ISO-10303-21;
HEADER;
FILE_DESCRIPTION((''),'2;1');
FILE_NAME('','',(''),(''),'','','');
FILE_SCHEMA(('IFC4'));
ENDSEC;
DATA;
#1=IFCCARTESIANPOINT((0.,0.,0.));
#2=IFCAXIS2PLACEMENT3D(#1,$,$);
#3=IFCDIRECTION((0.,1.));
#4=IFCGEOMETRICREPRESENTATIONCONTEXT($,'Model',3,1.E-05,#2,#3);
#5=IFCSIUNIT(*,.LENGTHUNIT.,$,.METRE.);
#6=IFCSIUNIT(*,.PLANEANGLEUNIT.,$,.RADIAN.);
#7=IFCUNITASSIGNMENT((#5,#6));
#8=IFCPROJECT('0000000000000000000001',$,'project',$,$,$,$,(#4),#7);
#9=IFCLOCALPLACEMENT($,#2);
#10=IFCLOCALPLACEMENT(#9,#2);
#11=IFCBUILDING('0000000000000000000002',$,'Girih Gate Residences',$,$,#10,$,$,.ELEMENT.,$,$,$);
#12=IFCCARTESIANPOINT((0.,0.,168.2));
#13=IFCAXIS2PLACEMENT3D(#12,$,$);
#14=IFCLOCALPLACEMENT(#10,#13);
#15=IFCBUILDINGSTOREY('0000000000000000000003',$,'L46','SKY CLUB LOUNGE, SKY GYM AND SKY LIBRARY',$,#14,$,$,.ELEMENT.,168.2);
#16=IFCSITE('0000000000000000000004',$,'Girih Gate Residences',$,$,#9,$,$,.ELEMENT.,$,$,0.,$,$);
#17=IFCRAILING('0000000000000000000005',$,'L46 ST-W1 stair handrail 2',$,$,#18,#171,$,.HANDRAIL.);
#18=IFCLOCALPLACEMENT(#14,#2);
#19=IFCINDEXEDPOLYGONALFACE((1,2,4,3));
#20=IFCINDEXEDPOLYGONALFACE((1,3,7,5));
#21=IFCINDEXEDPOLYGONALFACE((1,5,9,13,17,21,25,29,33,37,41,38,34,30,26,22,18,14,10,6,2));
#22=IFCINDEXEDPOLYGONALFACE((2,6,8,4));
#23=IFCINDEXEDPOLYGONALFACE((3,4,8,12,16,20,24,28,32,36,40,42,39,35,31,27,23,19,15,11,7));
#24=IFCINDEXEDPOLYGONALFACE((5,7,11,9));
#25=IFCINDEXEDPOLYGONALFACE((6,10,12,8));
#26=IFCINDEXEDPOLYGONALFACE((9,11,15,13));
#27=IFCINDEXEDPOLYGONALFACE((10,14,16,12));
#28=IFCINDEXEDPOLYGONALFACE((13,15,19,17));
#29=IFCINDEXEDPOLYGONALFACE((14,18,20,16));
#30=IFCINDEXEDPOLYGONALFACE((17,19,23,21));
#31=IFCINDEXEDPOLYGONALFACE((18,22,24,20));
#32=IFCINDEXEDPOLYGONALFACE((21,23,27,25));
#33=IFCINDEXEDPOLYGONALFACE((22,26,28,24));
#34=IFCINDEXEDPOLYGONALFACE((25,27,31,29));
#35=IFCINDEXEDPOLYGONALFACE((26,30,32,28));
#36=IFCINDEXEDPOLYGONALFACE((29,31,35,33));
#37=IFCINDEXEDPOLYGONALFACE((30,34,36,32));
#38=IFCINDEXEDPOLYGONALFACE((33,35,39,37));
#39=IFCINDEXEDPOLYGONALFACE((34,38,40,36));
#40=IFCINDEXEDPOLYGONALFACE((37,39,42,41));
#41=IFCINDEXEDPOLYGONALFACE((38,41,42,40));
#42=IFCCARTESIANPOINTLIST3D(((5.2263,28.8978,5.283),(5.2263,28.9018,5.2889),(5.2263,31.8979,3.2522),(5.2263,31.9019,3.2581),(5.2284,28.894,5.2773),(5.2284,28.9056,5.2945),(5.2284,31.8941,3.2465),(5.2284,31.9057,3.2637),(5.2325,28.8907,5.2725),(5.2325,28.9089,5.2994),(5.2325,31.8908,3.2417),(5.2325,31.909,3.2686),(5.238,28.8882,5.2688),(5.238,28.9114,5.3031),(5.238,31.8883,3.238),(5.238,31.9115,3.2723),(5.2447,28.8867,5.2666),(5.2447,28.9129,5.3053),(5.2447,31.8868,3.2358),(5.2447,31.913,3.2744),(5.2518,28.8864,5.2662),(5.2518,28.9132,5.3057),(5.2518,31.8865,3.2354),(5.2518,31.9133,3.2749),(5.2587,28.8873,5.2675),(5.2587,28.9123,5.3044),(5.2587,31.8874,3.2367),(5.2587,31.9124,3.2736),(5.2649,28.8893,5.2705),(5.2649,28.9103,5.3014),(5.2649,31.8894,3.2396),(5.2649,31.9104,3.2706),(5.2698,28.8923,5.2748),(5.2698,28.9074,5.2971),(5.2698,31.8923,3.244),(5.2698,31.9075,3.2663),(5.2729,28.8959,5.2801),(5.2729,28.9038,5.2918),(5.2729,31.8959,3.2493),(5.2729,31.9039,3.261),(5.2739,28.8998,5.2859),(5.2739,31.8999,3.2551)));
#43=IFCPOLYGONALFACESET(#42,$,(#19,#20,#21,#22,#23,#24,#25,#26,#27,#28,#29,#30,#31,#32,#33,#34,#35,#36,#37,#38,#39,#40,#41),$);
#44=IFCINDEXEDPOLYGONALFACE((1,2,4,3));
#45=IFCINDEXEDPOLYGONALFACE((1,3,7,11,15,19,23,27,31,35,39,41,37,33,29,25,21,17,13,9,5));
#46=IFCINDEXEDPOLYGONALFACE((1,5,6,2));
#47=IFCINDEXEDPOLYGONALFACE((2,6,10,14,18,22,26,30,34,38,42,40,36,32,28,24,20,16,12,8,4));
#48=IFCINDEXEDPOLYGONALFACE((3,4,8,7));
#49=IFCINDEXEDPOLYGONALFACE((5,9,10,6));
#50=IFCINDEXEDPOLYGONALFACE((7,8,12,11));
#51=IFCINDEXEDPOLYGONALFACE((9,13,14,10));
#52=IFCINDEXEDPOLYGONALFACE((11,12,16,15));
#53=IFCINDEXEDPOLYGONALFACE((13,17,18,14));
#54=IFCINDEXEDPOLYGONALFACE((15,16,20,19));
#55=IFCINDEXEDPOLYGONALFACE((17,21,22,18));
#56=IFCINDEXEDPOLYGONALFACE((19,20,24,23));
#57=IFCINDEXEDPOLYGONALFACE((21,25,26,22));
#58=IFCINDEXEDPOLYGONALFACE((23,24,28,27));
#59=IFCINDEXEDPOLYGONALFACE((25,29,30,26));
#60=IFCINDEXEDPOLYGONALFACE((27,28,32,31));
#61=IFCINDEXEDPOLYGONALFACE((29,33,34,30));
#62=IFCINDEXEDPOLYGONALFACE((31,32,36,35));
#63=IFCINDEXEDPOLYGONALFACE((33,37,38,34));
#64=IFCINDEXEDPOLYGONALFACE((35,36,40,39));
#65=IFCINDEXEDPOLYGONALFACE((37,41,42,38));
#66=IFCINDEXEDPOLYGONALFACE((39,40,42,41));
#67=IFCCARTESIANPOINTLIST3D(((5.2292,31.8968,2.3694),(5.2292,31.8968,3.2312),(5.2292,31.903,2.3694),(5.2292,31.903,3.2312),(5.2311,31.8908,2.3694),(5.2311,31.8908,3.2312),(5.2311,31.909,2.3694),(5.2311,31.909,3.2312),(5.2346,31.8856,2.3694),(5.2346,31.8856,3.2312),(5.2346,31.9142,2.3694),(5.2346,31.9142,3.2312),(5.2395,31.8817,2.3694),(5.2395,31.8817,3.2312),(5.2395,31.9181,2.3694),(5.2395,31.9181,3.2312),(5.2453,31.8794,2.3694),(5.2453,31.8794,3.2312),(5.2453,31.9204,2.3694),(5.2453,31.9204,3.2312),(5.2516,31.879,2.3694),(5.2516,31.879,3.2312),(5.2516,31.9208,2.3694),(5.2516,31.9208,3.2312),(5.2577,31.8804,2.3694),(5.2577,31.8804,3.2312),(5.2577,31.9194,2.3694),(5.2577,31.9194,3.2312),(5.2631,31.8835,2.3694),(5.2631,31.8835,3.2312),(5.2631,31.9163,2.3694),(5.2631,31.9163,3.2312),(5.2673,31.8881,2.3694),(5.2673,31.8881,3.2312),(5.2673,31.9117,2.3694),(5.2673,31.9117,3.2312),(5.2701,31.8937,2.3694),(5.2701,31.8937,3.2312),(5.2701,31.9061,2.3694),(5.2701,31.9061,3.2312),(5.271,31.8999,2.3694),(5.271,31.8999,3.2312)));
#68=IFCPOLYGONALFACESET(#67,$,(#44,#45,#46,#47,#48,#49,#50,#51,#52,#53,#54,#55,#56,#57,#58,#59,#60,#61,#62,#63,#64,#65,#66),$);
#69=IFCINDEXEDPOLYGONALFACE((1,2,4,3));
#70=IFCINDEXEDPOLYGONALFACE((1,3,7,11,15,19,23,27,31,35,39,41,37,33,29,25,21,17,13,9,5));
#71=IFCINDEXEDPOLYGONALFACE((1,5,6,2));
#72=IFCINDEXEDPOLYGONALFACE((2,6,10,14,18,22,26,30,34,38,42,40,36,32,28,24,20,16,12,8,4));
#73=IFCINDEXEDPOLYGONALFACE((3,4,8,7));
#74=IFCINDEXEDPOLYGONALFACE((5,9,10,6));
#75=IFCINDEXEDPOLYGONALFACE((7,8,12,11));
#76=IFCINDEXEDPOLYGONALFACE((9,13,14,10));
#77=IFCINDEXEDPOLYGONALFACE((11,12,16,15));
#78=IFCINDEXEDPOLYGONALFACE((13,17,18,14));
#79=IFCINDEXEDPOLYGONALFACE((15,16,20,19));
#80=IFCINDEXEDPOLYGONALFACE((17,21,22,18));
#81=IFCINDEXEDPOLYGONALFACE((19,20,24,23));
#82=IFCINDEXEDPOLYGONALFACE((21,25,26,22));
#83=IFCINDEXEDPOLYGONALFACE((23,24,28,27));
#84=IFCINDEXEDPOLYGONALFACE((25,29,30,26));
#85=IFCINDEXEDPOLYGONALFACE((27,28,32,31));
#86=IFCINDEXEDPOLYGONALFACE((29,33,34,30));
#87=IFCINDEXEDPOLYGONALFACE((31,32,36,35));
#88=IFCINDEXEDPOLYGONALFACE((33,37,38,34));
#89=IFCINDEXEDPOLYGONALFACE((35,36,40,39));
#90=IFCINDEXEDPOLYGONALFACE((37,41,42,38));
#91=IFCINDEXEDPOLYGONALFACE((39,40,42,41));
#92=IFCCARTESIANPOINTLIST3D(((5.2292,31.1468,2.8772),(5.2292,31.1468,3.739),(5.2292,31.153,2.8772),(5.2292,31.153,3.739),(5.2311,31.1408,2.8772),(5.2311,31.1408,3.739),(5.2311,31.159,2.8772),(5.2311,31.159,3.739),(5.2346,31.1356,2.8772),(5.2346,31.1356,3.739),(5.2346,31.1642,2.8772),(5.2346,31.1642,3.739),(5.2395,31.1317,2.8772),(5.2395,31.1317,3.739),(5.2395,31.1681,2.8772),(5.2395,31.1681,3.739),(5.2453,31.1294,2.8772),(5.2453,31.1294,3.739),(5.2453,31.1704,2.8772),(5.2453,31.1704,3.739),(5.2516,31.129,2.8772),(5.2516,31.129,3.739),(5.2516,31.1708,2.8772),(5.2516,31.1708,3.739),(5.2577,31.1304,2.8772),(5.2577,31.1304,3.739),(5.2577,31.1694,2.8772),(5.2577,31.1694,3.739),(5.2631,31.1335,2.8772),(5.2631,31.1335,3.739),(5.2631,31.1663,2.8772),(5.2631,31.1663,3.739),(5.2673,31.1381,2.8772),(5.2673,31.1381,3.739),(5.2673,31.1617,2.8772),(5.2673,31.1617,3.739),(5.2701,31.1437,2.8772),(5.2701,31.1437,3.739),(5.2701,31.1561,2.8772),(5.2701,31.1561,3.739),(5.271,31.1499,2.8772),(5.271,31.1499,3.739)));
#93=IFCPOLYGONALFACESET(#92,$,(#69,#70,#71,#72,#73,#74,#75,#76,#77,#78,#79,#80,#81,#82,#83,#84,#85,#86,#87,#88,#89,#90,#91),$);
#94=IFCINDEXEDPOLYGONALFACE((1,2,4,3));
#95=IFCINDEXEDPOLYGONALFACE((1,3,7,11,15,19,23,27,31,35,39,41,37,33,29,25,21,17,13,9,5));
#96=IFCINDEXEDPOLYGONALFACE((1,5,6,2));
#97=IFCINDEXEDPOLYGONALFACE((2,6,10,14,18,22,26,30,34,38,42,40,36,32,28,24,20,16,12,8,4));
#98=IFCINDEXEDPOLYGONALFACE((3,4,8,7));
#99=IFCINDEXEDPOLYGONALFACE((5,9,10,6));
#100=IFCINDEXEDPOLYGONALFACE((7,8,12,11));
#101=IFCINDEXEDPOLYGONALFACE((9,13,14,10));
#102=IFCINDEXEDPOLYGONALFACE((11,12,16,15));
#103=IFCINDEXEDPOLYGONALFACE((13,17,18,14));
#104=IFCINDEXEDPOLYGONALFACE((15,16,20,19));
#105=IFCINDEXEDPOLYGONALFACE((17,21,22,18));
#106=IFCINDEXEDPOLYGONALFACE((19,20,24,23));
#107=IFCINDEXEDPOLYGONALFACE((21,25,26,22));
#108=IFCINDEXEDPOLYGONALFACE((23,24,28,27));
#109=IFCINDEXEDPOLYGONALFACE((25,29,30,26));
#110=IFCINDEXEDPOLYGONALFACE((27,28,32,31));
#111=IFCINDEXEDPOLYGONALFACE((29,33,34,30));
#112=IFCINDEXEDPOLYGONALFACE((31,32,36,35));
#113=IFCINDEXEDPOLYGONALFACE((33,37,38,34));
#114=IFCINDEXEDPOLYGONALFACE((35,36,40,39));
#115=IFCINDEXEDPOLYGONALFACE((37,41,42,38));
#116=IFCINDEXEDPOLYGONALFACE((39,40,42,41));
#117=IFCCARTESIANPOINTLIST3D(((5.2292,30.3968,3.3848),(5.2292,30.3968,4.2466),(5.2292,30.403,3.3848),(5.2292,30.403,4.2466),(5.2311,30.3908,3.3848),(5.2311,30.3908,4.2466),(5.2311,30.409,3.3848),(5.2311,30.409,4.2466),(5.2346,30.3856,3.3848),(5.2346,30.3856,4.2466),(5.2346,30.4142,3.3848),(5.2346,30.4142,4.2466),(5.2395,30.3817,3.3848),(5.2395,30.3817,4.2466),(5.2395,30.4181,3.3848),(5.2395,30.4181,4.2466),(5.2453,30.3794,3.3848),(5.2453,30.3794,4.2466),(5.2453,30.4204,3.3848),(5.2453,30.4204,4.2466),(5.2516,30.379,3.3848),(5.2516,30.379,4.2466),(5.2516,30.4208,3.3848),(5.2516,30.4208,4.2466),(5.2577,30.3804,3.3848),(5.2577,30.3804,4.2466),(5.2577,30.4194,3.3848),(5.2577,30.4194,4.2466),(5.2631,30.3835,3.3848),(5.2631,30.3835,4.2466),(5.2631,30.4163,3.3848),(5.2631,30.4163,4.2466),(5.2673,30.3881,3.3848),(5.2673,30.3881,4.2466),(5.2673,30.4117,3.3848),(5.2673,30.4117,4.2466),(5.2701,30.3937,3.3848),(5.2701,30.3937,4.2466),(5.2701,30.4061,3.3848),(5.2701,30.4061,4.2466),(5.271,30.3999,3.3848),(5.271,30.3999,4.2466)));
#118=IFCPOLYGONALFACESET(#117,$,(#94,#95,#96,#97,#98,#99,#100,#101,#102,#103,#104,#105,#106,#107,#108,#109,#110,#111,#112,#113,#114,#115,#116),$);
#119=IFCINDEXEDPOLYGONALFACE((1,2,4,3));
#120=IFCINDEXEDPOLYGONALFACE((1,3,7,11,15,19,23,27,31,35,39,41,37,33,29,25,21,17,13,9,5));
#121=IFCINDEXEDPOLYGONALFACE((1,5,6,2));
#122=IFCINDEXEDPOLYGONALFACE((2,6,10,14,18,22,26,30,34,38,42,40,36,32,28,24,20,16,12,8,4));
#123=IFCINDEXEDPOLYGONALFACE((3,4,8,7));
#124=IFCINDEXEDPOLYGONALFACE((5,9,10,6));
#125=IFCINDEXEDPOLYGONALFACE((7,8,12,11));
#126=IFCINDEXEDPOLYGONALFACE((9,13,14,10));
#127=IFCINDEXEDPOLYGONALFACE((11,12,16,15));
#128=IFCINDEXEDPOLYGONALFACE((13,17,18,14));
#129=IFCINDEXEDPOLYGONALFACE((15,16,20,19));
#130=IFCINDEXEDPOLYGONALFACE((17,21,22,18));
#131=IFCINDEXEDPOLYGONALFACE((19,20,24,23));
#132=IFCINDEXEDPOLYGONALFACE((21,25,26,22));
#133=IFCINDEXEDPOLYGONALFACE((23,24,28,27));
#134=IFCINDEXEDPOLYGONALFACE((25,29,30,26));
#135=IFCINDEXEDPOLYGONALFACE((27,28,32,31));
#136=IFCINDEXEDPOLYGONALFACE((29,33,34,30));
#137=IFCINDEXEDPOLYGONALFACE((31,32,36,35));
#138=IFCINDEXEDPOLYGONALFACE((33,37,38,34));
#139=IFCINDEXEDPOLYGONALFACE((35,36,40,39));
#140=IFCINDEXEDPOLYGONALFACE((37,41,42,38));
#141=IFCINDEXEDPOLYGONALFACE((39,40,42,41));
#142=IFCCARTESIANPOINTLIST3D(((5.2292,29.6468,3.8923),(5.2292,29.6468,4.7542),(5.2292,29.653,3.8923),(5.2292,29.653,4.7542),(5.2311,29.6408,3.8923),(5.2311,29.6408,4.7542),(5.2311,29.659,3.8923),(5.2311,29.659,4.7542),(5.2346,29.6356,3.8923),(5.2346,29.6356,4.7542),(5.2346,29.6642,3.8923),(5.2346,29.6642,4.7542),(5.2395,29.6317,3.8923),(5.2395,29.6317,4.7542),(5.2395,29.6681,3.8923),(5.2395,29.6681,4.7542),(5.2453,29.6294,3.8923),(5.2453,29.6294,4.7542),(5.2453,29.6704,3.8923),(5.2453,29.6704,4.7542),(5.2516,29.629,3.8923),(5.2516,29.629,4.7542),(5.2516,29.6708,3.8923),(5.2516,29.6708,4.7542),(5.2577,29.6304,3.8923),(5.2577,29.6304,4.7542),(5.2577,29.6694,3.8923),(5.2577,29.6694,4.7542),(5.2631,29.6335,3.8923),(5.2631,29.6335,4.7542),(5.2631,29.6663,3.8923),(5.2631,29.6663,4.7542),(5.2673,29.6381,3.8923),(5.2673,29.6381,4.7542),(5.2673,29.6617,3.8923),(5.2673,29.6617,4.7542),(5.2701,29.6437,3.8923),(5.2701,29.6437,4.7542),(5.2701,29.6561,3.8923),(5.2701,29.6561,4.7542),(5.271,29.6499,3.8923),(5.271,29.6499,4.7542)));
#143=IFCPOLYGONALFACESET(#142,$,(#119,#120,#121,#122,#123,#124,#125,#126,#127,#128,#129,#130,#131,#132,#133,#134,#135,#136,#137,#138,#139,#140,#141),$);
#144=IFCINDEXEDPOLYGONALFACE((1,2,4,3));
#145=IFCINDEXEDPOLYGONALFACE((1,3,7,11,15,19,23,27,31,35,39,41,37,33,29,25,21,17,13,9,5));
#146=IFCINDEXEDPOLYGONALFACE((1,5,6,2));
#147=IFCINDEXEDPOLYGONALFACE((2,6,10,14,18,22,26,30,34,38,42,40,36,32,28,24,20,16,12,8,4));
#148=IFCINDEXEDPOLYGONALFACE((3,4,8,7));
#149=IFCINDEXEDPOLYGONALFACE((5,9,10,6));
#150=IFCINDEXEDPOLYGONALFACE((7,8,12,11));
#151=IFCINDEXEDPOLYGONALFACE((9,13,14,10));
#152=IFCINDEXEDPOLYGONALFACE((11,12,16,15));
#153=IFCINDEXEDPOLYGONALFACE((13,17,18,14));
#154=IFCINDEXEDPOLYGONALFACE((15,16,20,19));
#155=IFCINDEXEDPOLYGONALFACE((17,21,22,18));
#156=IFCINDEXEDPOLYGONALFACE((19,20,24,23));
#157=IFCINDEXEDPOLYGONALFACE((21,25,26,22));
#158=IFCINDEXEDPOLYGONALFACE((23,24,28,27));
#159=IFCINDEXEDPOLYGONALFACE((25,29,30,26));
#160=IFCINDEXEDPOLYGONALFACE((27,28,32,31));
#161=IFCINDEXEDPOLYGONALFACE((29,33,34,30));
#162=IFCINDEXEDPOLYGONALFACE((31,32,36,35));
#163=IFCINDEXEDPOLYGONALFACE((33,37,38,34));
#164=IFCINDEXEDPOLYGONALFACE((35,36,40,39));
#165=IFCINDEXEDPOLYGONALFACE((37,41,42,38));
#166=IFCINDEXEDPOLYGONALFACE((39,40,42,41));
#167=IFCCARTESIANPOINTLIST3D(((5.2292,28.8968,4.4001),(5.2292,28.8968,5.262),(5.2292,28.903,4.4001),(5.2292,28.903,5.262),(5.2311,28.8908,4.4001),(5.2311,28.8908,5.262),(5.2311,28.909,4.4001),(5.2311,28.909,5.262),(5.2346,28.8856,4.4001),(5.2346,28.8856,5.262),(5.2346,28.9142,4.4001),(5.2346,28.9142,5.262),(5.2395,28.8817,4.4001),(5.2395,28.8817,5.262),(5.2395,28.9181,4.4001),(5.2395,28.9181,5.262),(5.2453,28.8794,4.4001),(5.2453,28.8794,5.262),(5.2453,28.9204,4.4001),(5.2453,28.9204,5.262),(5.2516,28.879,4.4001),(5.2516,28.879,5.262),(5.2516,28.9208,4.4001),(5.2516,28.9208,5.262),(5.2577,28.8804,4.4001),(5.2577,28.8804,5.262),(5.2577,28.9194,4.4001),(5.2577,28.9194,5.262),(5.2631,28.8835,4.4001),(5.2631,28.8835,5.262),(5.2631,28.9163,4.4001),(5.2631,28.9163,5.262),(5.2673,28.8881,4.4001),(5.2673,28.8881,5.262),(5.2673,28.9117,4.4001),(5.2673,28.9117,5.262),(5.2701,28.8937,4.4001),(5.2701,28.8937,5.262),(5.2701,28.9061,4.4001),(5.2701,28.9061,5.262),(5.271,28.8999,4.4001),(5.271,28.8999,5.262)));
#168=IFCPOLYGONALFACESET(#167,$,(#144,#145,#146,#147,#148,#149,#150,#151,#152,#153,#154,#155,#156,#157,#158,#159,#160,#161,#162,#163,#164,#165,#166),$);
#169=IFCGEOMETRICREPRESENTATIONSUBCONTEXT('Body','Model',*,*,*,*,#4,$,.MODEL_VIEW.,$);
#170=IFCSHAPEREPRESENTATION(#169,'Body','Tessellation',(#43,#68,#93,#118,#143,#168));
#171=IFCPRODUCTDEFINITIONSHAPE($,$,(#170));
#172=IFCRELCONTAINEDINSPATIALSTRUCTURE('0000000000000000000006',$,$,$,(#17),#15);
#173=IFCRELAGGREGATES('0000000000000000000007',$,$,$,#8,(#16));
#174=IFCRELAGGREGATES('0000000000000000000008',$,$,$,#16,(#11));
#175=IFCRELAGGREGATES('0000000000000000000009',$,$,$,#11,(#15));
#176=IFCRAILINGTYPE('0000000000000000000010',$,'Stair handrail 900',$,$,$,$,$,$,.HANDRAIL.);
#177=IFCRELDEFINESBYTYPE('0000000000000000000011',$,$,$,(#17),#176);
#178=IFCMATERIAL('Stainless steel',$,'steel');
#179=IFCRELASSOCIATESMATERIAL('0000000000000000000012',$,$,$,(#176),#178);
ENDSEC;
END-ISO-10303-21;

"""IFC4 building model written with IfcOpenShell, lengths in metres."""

from ifc_helpers import new_model, si_unit, direction, frame, origin, origin_2d, place, context, subcontext, project, spatial, circle, extrude, material, type_object, element, save


model = new_model("IFC4")

# Units and contexts
model_context = context("Model", 3, precision=1e-05, world=origin(), true_north=direction((0.0, 1.0)))
body_context = subcontext(model_context, "Body", "Model", "MODEL_VIEW")
ifc_project = project(units=[si_unit("LENGTHUNIT", "METRE"), si_unit("PLANEANGLEUNIT", "RADIAN")], contexts=[model_context])

# Site, building, storey
site_placement = place(None, origin())
site = spatial("IfcSite", under=ifc_project, at=site_placement, Name="Girih Gate Residences", CompositionType="ELEMENT", RefElevation=0.0)
building_placement = place(site_placement, origin())
building = spatial("IfcBuilding", under=site, at=building_placement, Name="Girih Gate Residences", CompositionType="ELEMENT")
storey_placement = place(building_placement, frame((0.0, 0.0, 168.2)))
storey = spatial("IfcBuildingStorey", under=building, at=storey_placement, Name="L46", Description="SKY CLUB LOUNGE, SKY GYM AND SKY LIBRARY", CompositionType="ELEMENT", Elevation=168.2)

# Railing
ifc_material_1 = material(Name="Stainless steel", Category="steel")
railing_type_1 = type_object("IfcRailingType", Name="Stair handrail 900", PredefinedType="HANDRAIL", material=ifc_material_1)
railing_1_placement = place(storey_placement, frame((5.25, 31.8999, 2.3694)))
element("IfcRailing", 1, at=railing_1_placement, inside=storey, type_object=railing_type_1, Name="L46 ST-W1 stair handrail 2", PredefinedType="HANDRAIL", context=body_context, shape_type="SweptSolid", body=[
    extrude(circle(Radius=0.0239, at=origin_2d()), frame((0.0, 0.0, 0.8857), z_axis=(0.0, -0.82811, 0.560565), x_axis=(1.0, 0.0, 0.0)), (0.0, 0.0, 1.0), 3.6228),
    extrude(circle(Radius=0.021, at=origin_2d()), origin(), (0.0, 0.0, 1.0), 0.8618),
    extrude(circle(Radius=0.021, at=origin_2d()), frame((0.0, -0.75, 0.5078)), (0.0, 0.0, 1.0), 0.8618),
    extrude(circle(Radius=0.021, at=origin_2d()), frame((0.0, -1.5, 1.0154)), (0.0, 0.0, 1.0), 0.8618),
    extrude(circle(Radius=0.021, at=origin_2d()), frame((0.0, -2.25, 1.5229)), (0.0, 0.0, 1.0), 0.8618),
    extrude(circle(Radius=0.021, at=origin_2d()), frame((0.0, -3.0, 2.0308)), (0.0, 0.0, 1.0), 0.8618),
])

save(model, "model.ifc")
